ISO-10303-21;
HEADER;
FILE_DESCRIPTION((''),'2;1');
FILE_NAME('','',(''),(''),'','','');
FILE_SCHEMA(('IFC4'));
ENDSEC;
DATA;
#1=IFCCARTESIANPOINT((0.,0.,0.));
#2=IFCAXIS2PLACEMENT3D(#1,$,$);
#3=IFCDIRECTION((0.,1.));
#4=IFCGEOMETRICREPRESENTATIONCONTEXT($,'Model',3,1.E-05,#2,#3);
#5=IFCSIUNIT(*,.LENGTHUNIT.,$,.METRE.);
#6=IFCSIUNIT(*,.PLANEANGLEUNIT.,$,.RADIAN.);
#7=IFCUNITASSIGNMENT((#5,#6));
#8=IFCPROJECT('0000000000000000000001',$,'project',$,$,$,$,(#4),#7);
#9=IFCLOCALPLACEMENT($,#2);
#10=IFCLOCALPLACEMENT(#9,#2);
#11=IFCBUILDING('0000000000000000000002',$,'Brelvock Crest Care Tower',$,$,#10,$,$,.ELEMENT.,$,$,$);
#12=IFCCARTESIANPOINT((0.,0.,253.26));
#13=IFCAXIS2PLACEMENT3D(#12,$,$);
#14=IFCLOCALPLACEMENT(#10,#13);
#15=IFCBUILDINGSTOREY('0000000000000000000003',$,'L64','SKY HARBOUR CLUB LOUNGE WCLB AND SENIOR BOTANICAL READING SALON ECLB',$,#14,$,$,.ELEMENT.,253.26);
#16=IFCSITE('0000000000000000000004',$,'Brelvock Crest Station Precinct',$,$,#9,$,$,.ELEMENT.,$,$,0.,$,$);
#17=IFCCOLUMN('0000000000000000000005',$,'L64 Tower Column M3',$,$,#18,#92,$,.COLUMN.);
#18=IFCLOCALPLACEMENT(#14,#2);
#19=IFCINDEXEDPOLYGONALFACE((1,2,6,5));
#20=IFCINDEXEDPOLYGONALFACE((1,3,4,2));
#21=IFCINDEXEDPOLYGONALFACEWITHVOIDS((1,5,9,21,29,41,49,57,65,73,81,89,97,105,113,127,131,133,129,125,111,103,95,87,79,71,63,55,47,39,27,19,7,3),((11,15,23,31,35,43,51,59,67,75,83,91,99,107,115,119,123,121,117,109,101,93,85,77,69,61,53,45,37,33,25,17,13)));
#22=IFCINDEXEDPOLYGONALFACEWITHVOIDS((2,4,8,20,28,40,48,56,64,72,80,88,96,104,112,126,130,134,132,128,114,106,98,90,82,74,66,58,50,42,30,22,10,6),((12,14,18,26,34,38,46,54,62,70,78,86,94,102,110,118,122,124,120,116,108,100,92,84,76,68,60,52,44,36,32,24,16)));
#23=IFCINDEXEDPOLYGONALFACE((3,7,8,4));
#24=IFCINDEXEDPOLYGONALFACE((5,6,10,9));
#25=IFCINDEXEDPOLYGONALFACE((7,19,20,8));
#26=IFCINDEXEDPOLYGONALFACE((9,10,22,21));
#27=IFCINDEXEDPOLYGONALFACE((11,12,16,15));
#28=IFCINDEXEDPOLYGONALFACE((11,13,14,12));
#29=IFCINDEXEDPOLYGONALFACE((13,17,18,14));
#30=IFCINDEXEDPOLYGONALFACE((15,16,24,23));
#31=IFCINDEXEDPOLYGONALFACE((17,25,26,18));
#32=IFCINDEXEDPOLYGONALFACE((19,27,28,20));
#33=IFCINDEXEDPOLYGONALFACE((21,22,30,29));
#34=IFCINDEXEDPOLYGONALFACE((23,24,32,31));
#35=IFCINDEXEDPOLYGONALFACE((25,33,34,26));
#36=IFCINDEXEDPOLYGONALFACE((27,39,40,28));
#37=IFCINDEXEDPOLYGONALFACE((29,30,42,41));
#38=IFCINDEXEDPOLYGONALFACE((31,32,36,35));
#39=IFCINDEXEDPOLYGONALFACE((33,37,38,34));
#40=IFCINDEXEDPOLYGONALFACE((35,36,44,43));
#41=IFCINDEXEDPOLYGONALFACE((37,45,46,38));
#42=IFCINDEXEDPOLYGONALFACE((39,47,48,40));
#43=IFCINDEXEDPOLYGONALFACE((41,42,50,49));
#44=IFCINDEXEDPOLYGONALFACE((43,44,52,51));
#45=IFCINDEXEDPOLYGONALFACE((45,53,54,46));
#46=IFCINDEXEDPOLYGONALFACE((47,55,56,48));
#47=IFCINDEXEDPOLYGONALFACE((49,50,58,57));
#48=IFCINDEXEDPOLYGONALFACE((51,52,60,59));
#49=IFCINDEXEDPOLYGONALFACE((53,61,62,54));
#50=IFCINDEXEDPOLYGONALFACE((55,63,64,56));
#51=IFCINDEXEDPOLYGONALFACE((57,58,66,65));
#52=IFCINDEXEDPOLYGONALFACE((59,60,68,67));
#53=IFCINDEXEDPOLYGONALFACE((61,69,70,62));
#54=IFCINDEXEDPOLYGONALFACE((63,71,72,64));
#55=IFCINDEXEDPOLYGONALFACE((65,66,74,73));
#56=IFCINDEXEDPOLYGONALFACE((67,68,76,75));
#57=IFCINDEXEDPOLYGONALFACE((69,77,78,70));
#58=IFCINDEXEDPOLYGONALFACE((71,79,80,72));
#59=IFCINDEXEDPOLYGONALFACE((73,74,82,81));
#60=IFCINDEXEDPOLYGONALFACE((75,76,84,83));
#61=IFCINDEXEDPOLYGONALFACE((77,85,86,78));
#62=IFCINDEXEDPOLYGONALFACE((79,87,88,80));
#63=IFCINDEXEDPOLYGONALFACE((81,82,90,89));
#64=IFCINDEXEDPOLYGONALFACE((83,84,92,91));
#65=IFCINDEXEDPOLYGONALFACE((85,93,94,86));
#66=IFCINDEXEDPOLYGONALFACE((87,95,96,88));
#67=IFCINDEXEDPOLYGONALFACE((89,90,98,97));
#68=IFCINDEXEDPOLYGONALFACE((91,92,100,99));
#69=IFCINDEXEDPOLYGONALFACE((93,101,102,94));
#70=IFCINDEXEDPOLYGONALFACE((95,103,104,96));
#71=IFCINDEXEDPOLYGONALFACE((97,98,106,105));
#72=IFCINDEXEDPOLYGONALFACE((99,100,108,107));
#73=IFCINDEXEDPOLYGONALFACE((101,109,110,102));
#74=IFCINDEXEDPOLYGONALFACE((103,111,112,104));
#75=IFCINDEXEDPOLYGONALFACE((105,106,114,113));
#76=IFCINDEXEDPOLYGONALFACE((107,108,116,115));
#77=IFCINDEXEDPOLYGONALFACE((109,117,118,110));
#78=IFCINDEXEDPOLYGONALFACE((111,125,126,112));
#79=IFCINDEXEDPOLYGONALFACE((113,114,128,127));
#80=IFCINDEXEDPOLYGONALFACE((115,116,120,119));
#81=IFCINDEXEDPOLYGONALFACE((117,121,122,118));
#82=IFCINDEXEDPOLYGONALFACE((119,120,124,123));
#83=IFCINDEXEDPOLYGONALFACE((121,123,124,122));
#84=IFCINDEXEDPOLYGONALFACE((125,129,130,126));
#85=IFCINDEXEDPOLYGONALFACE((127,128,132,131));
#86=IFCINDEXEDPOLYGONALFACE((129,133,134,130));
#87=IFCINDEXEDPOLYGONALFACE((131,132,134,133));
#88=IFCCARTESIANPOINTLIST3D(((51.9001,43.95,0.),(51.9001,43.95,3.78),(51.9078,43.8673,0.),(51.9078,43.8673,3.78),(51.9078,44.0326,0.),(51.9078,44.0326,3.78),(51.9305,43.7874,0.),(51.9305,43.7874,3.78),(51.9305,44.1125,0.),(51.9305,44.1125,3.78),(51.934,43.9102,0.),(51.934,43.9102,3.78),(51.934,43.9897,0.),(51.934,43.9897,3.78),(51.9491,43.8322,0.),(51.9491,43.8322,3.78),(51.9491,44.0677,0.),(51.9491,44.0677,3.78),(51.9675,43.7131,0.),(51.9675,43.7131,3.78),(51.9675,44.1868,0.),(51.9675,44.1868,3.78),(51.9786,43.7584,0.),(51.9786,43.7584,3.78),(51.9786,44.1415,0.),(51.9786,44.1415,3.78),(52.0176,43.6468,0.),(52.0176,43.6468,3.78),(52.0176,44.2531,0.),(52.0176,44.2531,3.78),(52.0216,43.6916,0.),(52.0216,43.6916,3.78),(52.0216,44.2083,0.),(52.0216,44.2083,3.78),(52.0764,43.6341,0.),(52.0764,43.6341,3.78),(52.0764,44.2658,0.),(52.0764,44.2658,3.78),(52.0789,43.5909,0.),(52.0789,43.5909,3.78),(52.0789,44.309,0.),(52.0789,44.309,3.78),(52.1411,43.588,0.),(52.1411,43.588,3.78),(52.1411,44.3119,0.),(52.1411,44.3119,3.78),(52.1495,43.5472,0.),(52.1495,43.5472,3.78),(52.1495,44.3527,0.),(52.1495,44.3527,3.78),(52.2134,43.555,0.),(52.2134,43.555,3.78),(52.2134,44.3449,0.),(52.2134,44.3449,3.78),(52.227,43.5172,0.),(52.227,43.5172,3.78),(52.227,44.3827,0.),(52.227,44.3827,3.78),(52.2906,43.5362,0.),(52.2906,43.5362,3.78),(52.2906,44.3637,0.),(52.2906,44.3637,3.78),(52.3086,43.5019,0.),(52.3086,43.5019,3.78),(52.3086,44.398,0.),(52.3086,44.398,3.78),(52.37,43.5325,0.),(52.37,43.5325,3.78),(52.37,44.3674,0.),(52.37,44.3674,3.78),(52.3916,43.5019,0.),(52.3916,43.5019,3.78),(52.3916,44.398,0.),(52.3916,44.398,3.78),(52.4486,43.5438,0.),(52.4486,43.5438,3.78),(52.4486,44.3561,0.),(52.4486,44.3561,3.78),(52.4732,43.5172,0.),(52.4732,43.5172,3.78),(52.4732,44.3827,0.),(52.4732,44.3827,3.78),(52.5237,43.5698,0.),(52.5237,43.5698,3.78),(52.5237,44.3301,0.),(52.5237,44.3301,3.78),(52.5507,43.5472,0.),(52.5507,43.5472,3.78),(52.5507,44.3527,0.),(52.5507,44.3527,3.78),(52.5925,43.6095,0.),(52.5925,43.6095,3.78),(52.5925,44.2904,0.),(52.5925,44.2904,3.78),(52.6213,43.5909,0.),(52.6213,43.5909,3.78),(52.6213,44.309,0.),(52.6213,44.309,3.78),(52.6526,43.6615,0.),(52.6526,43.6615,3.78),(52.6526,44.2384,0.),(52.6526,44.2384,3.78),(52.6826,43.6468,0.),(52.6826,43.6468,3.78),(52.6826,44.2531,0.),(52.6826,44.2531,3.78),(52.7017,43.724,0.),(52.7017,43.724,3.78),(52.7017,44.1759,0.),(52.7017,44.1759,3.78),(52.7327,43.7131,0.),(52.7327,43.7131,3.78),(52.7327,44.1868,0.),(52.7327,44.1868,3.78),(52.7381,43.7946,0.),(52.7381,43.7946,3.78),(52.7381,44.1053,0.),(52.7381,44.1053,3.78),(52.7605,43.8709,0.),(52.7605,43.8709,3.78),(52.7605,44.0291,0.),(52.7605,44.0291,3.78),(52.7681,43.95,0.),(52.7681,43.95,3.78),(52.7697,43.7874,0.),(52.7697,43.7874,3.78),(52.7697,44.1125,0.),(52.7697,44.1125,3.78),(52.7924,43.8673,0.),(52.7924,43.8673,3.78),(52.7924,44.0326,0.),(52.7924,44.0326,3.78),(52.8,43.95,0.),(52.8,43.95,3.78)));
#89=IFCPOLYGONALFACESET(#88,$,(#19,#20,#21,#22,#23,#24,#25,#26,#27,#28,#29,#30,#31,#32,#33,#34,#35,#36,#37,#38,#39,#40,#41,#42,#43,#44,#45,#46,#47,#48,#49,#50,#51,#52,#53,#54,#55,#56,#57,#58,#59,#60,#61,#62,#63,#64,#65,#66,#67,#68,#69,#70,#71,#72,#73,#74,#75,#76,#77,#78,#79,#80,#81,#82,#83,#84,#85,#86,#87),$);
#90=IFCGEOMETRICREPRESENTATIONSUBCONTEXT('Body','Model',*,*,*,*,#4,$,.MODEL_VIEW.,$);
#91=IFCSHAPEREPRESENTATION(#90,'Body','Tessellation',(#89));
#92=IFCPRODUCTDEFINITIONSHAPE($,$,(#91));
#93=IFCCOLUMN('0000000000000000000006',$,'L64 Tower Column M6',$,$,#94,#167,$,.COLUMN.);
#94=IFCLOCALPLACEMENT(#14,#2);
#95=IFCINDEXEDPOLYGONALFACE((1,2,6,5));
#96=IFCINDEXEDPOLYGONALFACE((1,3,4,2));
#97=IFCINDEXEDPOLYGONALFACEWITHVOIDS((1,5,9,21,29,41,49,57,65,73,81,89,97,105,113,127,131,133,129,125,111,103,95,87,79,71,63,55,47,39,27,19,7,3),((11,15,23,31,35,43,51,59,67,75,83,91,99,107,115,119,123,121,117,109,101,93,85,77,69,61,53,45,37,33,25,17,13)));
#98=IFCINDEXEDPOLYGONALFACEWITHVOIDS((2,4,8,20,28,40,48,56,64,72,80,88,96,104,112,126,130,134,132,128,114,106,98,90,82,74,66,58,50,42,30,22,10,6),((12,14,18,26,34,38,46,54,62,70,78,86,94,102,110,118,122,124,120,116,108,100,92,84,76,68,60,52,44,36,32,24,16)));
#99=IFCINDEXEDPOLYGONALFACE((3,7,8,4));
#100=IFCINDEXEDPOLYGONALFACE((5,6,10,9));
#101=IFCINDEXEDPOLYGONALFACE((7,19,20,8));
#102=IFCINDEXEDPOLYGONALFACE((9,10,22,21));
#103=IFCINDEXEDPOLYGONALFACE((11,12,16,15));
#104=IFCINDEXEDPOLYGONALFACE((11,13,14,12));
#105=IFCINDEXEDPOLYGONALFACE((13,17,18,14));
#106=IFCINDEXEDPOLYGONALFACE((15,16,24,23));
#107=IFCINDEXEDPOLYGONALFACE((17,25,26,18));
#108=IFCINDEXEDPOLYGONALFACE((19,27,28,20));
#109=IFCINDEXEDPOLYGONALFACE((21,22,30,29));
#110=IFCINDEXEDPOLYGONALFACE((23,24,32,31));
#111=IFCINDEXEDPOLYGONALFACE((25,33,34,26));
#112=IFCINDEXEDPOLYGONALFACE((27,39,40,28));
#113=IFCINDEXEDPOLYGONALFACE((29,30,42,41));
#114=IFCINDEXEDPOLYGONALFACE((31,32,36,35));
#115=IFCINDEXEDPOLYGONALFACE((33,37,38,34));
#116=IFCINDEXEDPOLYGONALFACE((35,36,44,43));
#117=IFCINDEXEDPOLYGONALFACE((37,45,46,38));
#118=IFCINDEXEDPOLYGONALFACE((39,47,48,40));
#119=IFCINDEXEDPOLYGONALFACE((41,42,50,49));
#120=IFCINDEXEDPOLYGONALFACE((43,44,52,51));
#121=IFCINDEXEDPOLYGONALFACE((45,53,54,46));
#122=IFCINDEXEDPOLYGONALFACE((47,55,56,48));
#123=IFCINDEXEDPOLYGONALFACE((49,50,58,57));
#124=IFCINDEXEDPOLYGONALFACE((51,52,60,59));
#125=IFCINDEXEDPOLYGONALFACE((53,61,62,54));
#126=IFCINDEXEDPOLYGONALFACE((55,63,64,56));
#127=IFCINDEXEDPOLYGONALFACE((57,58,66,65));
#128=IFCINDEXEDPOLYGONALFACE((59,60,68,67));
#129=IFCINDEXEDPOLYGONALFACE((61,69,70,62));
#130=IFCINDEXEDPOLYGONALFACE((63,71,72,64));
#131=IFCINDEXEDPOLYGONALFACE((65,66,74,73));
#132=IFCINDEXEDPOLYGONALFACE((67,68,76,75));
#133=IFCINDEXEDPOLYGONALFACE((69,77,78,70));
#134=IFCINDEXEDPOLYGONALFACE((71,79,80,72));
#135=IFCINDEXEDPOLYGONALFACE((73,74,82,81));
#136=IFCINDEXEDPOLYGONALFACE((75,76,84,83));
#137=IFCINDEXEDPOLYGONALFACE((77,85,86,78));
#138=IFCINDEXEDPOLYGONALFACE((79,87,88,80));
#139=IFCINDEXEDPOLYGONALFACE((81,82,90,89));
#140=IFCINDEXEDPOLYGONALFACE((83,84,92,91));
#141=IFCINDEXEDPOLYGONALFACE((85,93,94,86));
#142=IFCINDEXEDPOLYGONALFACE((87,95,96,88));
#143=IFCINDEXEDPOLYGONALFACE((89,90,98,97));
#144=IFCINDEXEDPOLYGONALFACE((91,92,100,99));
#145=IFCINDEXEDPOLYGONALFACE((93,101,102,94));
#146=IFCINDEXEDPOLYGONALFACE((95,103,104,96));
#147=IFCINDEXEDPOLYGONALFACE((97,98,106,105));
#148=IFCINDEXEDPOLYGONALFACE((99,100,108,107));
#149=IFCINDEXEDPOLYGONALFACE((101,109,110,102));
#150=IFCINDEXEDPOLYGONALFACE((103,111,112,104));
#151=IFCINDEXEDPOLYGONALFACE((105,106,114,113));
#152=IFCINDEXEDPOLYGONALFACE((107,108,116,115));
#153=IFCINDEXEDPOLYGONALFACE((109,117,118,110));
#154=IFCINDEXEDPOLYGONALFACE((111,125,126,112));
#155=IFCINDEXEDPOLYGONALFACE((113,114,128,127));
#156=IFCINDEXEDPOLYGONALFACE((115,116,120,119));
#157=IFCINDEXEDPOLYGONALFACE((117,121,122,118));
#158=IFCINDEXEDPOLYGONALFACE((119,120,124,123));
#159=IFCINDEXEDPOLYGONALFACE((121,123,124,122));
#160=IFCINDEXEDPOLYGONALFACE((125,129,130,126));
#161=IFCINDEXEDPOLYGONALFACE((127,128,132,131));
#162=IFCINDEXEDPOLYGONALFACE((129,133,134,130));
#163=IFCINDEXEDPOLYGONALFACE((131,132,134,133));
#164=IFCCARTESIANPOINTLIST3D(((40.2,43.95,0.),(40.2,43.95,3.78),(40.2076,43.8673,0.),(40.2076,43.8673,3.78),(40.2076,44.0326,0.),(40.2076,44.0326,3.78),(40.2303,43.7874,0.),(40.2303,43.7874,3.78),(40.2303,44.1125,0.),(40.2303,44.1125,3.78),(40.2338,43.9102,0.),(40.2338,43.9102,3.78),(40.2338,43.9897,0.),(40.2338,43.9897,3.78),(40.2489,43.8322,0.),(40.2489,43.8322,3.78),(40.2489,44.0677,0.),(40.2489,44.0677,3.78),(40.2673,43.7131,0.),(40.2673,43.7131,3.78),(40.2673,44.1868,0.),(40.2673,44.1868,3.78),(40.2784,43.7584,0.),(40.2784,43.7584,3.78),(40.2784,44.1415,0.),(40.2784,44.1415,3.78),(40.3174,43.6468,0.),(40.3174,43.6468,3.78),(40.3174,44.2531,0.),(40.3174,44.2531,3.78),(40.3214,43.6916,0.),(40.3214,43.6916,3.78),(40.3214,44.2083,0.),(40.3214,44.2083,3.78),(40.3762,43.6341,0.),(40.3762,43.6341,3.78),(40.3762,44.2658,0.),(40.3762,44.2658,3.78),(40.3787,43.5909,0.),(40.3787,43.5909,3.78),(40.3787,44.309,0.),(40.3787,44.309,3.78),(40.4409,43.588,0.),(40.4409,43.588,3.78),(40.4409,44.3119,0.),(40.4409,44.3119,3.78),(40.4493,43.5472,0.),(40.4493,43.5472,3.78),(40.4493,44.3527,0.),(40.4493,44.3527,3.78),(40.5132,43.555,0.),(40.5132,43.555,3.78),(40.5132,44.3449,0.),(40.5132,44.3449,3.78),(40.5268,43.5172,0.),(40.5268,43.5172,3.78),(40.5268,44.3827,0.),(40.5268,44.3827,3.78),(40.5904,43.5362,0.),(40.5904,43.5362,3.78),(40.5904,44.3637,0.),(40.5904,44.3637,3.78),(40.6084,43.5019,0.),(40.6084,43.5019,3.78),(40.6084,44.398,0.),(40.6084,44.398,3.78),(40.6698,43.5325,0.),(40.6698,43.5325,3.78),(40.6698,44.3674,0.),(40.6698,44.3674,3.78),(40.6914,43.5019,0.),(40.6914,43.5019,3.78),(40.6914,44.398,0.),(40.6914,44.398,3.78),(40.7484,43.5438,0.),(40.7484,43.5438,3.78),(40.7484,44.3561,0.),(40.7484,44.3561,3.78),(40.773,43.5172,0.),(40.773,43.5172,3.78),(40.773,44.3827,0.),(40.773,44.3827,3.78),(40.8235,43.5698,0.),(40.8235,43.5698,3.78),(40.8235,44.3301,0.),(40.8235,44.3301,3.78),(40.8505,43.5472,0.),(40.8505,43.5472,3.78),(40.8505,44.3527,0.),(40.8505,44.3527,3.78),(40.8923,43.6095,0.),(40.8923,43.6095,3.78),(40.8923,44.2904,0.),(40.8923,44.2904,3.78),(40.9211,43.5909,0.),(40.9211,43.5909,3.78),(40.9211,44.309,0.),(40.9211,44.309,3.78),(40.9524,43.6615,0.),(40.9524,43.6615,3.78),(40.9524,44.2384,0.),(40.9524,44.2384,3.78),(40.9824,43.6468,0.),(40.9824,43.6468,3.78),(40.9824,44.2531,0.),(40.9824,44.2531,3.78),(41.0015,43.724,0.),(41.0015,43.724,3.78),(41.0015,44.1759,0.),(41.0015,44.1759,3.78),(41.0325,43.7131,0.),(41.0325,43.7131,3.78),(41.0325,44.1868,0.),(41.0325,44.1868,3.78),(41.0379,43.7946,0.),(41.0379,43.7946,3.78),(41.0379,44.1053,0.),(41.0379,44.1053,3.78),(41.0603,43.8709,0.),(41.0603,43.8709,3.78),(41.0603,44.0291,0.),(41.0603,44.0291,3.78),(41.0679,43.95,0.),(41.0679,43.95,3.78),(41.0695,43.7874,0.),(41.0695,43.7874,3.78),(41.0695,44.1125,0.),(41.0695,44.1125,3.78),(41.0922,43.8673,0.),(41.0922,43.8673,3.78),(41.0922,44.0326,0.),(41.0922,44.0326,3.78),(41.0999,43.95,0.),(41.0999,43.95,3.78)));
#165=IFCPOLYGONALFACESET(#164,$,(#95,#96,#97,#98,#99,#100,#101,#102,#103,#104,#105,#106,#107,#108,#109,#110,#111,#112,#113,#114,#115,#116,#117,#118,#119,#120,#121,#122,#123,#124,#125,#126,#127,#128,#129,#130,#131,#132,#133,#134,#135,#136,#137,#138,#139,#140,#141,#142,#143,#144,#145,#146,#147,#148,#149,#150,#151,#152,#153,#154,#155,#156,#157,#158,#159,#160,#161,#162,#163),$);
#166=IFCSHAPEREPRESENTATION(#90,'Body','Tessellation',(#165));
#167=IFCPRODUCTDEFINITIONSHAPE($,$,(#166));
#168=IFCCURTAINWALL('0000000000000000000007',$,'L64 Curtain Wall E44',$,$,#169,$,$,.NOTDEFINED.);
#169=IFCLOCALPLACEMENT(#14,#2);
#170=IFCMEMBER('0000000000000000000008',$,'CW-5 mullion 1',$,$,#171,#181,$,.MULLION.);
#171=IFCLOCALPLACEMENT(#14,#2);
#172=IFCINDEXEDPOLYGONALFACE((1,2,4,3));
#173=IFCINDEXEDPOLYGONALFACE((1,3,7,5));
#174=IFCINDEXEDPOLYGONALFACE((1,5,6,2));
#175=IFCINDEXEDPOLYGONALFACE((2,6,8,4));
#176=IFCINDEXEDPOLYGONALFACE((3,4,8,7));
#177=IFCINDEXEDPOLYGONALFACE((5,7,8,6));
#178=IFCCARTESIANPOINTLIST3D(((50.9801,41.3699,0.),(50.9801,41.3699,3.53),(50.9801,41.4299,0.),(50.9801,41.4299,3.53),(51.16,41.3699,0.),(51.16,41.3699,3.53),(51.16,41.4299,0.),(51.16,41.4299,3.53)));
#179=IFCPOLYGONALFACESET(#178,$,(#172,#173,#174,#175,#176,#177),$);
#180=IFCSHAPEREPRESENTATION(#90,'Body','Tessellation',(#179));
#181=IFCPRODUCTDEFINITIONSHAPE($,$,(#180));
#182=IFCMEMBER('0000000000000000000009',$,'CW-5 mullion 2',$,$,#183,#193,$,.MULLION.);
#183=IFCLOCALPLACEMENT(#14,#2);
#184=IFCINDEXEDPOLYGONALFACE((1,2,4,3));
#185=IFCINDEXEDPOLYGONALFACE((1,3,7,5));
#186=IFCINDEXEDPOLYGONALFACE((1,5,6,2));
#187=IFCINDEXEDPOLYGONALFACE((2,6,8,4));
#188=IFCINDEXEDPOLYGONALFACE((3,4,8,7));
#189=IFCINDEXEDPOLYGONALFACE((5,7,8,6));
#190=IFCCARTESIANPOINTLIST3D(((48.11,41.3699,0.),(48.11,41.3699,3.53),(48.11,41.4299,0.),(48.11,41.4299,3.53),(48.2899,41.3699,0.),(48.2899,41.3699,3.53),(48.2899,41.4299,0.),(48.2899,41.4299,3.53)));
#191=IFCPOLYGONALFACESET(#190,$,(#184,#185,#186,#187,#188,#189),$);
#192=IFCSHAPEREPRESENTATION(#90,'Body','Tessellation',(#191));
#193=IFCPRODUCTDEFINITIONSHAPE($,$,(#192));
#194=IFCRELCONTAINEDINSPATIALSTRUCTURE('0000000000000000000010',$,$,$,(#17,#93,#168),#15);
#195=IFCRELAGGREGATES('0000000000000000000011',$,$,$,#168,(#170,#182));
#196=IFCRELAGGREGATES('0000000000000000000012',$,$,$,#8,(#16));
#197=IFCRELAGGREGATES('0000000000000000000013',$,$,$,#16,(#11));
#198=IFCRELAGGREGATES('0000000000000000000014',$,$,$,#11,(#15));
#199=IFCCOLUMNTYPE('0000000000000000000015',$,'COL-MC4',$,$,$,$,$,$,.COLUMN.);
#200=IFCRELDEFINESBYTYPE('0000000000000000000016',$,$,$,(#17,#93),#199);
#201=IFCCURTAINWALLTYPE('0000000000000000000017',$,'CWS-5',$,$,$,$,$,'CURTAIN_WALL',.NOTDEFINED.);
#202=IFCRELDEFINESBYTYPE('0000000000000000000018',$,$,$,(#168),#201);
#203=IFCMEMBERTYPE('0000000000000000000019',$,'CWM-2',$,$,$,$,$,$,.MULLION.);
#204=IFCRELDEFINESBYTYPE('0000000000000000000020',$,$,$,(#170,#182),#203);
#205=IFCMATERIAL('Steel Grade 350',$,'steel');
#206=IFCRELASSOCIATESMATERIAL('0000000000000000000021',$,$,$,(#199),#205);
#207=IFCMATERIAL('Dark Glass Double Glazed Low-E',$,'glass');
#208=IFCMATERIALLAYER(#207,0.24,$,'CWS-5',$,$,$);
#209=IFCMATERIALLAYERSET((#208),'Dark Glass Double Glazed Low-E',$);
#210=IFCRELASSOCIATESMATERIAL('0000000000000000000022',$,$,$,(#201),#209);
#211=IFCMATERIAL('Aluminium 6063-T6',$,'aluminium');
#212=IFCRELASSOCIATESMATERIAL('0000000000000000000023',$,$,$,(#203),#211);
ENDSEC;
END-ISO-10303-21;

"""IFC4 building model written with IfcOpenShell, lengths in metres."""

from ifc_helpers import new_model, si_unit, direction, frame, origin, origin_2d, place, context, subcontext, project, spatial, rectangle, hollow_circle, extrude, source, transform, mapped, material, layer, layer_set, material_profile, profile_set, type_object, element, aggregate, save


model = new_model("IFC4")

# Units and contexts
model_context = context("Model", 3, precision=1e-05, world=origin(), true_north=direction((0.0, 1.0)))
body_context = subcontext(model_context, "Body", "Model", "MODEL_VIEW")
ifc_project = project(units=[si_unit("LENGTHUNIT", "METRE"), si_unit("PLANEANGLEUNIT", "RADIAN")], contexts=[model_context])

# Site, building, storey
site_placement = place(None, origin())
site = spatial("IfcSite", under=ifc_project, at=site_placement, Name="Brelvock Crest Station Precinct", CompositionType="ELEMENT", RefElevation=0.0)
building_placement = place(site_placement, origin())
building = spatial("IfcBuilding", under=site, at=building_placement, Name="Brelvock Crest Care Tower", CompositionType="ELEMENT")
storey_placement = place(building_placement, frame((0.0, 0.0, 253.26)))
storey = spatial("IfcBuildingStorey", under=building, at=storey_placement, Name="L64", Description="SKY HARBOUR CLUB LOUNGE WCLB AND SENIOR BOTANICAL READING SALON ECLB", CompositionType="ELEMENT", Elevation=253.26)

# Columns
ifc_material_1 = material(Name="Steel Grade 350", Category="steel")
ifc_material_profile_1 = material_profile(ifc_material_1, hollow_circle(Radius=0.45, WallThickness=0.032, at=origin_2d()), Name="CFT900x32")
ifc_profile_set_1 = profile_set([ifc_material_profile_1], Name="Steel Grade 350")
column_type = type_object("IfcColumnType", Name="COL-MC4", PredefinedType="COLUMN", material=ifc_profile_set_1)
shared_shape_1 = source(origin(), body_context, "Body", "SweptSolid", [
    extrude(hollow_circle(Radius=0.45, WallThickness=0.032, at=origin_2d()), origin(), (0.0, 0.0, 1.0), 3.78),
])
for number, where, z_axis, x_axis, name in (
    (1, (52.3501, 43.95, 0.0), (0.0, 0.0, 1.0), (1.0, 0.0, 0.0), "L64 Tower Column M3"),
    (2, (40.6499, 43.95, 0.0), (0.0, 0.0, 1.0), (1.0, 0.0, 0.0), "L64 Tower Column M6"),
):
    element("IfcColumn", number, at=place(storey_placement, frame(where, z_axis=z_axis, x_axis=x_axis)), inside=storey, type_object=column_type, Name=name, PredefinedType="COLUMN", context=body_context, shape_type="MappedRepresentation", body=[
        mapped(shared_shape_1, transform((0.0, 0.0, 0.0), x_axis=(1.0, 0.0, 0.0), y_axis=(0.0, 1.0, 0.0), z_axis=(0.0, 0.0, 1.0), scale=1.0)),
    ])

# Curtain wall, members
ifc_material_2 = material(Name="Dark Glass Double Glazed Low-E", Category="glass")
ifc_layer_1 = layer(ifc_material_2, 0.24, Name="CWS-5")
ifc_layer_set_1 = layer_set([ifc_layer_1], Name="Dark Glass Double Glazed Low-E")
curtain_wall_type = type_object("IfcCurtainWallType", Name="CWS-5", ElementType="CURTAIN_WALL", PredefinedType="NOTDEFINED", material=ifc_layer_set_1)
curtain_wall_1_placement = place(storey_placement, origin())
curtain_wall_1 = element("IfcCurtainWall", 3, at=curtain_wall_1_placement, inside=storey, type_object=curtain_wall_type, Name="L64 Curtain Wall E44", PredefinedType="NOTDEFINED")
ifc_material_3 = material(Name="Aluminium 6063-T6", Category="aluminium")
ifc_material_profile_2 = material_profile(ifc_material_3, rectangle(XDim=0.0601, YDim=0.1799, at=origin_2d()), Name="ALU60x180")
ifc_profile_set_2 = profile_set([ifc_material_profile_2], Name="Aluminium 6063-T6")
member_type_1 = type_object("IfcMemberType", Name="CWM-2", PredefinedType="MULLION", material=ifc_profile_set_2)
shared_shape_2 = source(origin(), body_context, "Body", "SweptSolid", [
    extrude(rectangle(XDim=0.0601, YDim=0.1799, at=origin_2d()), origin(), (0.0, 0.0, 1.0), 3.53),
])
member_1_placement = place(storey_placement, frame((51.0701, 41.3999, 0.0), z_axis=(0.0, 0.0, 1.0), x_axis=(0.0, -1.0, 0.0)))
member_1 = element("IfcMember", 4, at=member_1_placement, type_object=member_type_1, Name="CW-5 mullion 1", PredefinedType="MULLION", context=body_context, shape_type="MappedRepresentation", body=[
    mapped(shared_shape_2, transform((0.0, 0.0, 0.0), x_axis=(1.0, 0.0, 0.0), y_axis=(0.0, 1.0, 0.0), z_axis=(0.0, 0.0, 1.0), scale=1.0)),
])
member_2_placement = place(storey_placement, frame((48.2, 41.3999, 0.0), z_axis=(0.0, 0.0, 1.0), x_axis=(0.0, -1.0, 0.0)))
member_2 = element("IfcMember", 5, at=member_2_placement, type_object=member_type_1, Name="CW-5 mullion 2", PredefinedType="MULLION", context=body_context, shape_type="MappedRepresentation", body=[
    mapped(shared_shape_2, transform((0.0, 0.0, 0.0), x_axis=(1.0, 0.0, 0.0), y_axis=(0.0, 1.0, 0.0), z_axis=(0.0, 0.0, 1.0), scale=1.0)),
])

aggregate(curtain_wall_1, [member_1, member_2])

save(model, "model.ifc")
